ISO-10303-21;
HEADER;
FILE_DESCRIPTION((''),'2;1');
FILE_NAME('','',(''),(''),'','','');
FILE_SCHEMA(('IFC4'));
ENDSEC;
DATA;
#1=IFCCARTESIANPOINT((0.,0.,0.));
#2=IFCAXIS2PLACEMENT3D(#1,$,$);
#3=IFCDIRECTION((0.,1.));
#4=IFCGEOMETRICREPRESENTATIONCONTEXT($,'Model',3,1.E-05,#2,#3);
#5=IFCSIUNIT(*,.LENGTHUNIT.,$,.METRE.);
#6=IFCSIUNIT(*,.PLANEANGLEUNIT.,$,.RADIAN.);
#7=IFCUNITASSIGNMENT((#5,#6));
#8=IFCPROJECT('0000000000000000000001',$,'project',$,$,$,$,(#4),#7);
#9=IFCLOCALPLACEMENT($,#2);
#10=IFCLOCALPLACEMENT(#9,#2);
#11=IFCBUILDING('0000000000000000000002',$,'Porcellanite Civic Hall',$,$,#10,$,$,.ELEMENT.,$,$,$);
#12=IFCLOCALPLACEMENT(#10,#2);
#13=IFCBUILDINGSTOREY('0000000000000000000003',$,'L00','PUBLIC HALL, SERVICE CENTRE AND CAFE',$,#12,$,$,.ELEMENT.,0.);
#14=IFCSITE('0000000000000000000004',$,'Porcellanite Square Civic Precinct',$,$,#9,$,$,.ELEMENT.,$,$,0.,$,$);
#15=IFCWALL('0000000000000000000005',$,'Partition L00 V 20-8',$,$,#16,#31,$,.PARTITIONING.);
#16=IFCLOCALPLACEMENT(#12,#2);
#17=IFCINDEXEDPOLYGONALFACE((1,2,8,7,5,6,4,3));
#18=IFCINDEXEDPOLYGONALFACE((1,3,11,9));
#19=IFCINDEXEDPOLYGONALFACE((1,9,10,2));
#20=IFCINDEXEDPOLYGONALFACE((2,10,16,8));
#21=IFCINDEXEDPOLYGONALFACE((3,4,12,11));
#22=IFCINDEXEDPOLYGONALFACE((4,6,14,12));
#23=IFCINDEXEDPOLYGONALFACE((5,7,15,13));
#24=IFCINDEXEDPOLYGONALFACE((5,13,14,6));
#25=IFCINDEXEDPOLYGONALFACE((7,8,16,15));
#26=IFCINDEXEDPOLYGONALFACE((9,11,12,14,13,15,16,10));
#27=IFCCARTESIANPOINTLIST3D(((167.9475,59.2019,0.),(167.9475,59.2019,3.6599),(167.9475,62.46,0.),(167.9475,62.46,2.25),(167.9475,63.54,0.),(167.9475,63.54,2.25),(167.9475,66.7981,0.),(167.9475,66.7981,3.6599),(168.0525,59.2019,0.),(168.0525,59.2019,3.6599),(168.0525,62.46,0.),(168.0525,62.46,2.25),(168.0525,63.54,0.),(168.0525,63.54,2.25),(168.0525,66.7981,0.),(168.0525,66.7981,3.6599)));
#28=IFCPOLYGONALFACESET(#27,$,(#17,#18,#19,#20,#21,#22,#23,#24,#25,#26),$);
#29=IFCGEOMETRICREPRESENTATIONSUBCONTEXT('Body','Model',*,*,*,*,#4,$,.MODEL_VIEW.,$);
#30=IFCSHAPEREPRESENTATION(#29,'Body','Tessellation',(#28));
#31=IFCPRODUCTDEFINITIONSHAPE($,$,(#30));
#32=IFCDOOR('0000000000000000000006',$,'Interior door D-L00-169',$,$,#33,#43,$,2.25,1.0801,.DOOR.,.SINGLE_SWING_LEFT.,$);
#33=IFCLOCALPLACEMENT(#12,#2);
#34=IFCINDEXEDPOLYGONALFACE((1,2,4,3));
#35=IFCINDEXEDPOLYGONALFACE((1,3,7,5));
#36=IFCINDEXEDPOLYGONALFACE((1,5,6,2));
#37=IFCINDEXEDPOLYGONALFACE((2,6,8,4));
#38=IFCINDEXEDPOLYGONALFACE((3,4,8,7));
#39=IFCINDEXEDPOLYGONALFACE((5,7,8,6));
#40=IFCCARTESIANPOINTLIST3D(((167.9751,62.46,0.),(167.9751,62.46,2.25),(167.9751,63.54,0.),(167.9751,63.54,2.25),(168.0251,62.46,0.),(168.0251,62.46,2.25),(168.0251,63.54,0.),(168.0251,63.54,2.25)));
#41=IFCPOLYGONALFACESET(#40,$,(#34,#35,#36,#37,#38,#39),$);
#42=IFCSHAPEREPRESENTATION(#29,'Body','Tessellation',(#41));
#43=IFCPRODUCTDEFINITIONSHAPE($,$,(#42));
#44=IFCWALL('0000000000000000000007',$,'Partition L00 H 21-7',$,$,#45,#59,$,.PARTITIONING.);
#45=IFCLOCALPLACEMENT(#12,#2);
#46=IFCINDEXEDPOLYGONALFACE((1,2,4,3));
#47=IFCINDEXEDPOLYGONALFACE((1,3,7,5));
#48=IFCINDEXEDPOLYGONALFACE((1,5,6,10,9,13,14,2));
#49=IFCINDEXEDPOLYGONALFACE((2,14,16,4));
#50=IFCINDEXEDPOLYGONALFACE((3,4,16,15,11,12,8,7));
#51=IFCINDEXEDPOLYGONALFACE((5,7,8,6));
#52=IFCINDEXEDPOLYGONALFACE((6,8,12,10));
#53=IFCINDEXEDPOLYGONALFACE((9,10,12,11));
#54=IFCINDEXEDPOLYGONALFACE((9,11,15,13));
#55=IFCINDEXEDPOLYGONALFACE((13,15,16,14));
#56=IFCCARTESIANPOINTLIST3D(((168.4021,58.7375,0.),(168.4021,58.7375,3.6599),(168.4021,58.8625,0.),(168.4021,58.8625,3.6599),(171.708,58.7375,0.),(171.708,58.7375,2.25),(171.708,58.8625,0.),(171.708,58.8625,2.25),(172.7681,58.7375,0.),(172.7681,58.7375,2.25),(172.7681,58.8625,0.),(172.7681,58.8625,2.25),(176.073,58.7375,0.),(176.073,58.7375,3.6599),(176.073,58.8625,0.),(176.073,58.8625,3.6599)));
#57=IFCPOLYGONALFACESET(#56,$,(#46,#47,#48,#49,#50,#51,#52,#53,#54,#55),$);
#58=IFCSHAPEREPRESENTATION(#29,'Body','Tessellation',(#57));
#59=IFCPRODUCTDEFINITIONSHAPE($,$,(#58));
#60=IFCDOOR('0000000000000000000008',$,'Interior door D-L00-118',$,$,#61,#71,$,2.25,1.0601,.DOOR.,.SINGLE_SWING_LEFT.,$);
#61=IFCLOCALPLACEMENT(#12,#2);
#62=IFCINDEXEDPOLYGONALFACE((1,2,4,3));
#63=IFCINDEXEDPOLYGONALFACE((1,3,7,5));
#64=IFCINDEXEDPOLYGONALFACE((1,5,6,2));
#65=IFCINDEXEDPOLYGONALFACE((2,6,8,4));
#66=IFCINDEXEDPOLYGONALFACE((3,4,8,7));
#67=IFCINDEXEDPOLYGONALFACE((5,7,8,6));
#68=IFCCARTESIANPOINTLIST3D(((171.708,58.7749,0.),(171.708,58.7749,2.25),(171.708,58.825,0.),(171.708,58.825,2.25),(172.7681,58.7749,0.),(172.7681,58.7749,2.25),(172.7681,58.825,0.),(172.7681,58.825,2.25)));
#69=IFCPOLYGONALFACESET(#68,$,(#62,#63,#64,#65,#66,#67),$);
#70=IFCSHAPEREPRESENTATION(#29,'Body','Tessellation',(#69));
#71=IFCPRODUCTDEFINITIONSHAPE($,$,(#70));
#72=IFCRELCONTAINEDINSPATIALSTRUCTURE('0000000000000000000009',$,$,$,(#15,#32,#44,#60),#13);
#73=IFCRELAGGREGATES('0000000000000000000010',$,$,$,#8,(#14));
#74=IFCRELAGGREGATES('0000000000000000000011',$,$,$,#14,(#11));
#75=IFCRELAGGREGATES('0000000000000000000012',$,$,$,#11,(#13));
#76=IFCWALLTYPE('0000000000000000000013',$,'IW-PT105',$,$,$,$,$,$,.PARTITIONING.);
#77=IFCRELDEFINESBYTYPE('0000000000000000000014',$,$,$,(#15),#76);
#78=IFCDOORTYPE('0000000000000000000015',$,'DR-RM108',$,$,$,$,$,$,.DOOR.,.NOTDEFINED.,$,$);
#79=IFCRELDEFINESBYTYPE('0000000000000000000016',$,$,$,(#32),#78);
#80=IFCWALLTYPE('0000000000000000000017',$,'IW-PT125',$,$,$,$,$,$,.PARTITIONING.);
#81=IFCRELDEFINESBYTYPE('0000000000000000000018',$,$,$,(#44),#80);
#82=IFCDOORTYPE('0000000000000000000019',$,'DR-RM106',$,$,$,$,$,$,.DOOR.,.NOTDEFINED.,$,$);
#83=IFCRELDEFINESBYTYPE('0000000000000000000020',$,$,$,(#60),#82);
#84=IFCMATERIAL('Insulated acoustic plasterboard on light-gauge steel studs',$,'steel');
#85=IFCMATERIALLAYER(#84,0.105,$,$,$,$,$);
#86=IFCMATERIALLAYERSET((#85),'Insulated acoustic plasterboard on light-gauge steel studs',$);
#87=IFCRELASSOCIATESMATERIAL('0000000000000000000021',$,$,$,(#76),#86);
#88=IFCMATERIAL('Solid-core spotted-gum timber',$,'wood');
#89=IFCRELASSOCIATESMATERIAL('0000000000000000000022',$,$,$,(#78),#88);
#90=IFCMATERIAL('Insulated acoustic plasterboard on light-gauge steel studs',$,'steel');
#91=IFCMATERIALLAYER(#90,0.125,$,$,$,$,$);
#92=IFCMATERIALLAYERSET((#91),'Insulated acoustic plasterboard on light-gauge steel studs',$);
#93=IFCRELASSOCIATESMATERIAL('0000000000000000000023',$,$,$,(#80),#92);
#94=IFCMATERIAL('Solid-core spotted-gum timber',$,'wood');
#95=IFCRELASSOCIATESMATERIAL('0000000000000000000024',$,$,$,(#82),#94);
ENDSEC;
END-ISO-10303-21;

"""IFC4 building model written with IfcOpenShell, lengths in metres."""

from ifc_helpers import new_model, si_unit, direction, frame, frame_2d, origin, place, context, subcontext, project, spatial, rectangle, extrude, material, layer, layer_set, type_object, element, fill, save


model = new_model("IFC4")

# Units and contexts
model_context = context("Model", 3, precision=1e-05, world=origin(), true_north=direction((0.0, 1.0)))
body_context = subcontext(model_context, "Body", "Model", "MODEL_VIEW")
ifc_project = project(units=[si_unit("LENGTHUNIT", "METRE"), si_unit("PLANEANGLEUNIT", "RADIAN")], contexts=[model_context])

# Site, building, storey
site_placement = place(None, origin())
site = spatial("IfcSite", under=ifc_project, at=site_placement, Name="Porcellanite Square Civic Precinct", CompositionType="ELEMENT", RefElevation=0.0)
building_placement = place(site_placement, origin())
building = spatial("IfcBuilding", under=site, at=building_placement, Name="Porcellanite Civic Hall", CompositionType="ELEMENT")
storey_placement = place(building_placement, origin())
storey = spatial("IfcBuildingStorey", under=building, at=storey_placement, Name="L00", Description="PUBLIC HALL, SERVICE CENTRE AND CAFE", CompositionType="ELEMENT", Elevation=0.0)

# Walls, openings, doors
ifc_material_1 = material(Name="Insulated acoustic plasterboard on light-gauge steel studs", Category="steel")
ifc_layer_1 = layer(ifc_material_1, 0.105)
ifc_layer_set_1 = layer_set([ifc_layer_1], Name="Insulated acoustic plasterboard on light-gauge steel studs")
wall_type_1 = type_object("IfcWallType", Name="IW-PT105", PredefinedType="PARTITIONING", material=ifc_layer_set_1)
wall_1_placement = place(storey_placement, frame((168.0, 59.2019, 0.0), z_axis=(0.0, 0.0, 1.0), x_axis=(0.0, 1.0, 0.0)))
wall_1 = element("IfcWall", 1, at=wall_1_placement, inside=storey, type_object=wall_type_1, Name="Partition L00 V 20-8", PredefinedType="PARTITIONING", context=body_context, shape_type="SweptSolid", body=[
    extrude(rectangle(XDim=7.5962, YDim=0.105, at=frame_2d((3.7981, 0.0))), origin(), (0.0, 0.0, 1.0), 3.6599),
])
opening_1_placement = place(wall_1_placement, frame((3.2581, 0.0, 0.0)))
opening_1 = element("IfcOpeningElement", 2, at=opening_1_placement, cuts=wall_1, PredefinedType="OPENING", context=body_context, shape_type="SweptSolid", body=[
    extrude(rectangle(XDim=1.0801, YDim=2.25, at=frame_2d((0.54, 1.125))), frame((0.0, 0.0525, 0.0), z_axis=(0.0, -1.0, 0.0), x_axis=(1.0, 0.0, 0.0)), (0.0, 0.0, 1.0), 0.105),
])
ifc_material_2 = material(Name="Solid-core spotted-gum timber", Category="wood")
door_type_1 = type_object("IfcDoorType", Name="DR-RM108", OperationType="NOTDEFINED", PredefinedType="DOOR", material=ifc_material_2)
door_1_placement = place(opening_1_placement, origin())
door_1 = element("IfcDoor", 3, at=door_1_placement, inside=storey, type_object=door_type_1, Name="Interior door D-L00-169", OperationType="SINGLE_SWING_LEFT", OverallHeight=2.25, OverallWidth=1.0801, PredefinedType="DOOR", context=body_context, shape_type="SweptSolid", body=[
    extrude(rectangle(XDim=1.0801, YDim=2.25, at=frame_2d((0.54, 1.125))), frame((0.0, 0.0249, 0.0), z_axis=(0.0, -1.0, 0.0), x_axis=(1.0, 0.0, 0.0)), (0.0, 0.0, 1.0), 0.05),
])
fill(opening_1, door_1)
ifc_material_3 = material(Name="Insulated acoustic plasterboard on light-gauge steel studs", Category="steel")
ifc_layer_2 = layer(ifc_material_3, 0.125)
ifc_layer_set_2 = layer_set([ifc_layer_2], Name="Insulated acoustic plasterboard on light-gauge steel studs")
wall_type_2 = type_object("IfcWallType", Name="IW-PT125", PredefinedType="PARTITIONING", material=ifc_layer_set_2)
wall_2_placement = place(storey_placement, frame((168.4021, 58.8, 0.0), z_axis=(0.0, 0.0, 1.0), x_axis=(1.0, 0.0, 0.0)))
wall_2 = element("IfcWall", 4, at=wall_2_placement, inside=storey, type_object=wall_type_2, Name="Partition L00 H 21-7", PredefinedType="PARTITIONING", context=body_context, shape_type="SweptSolid", body=[
    extrude(rectangle(XDim=7.6709, YDim=0.125, at=frame_2d((3.8354, 0.0))), origin(), (0.0, 0.0, 1.0), 3.6599),
])
opening_2_placement = place(wall_2_placement, frame((3.3059, 0.0, 0.0)))
opening_2 = element("IfcOpeningElement", 5, at=opening_2_placement, cuts=wall_2, PredefinedType="OPENING", context=body_context, shape_type="SweptSolid", body=[
    extrude(rectangle(XDim=1.0601, YDim=2.25, at=frame_2d((0.53, 1.125))), frame((0.0, 0.0625, 0.0), z_axis=(0.0, -1.0, 0.0), x_axis=(1.0, 0.0, 0.0)), (0.0, 0.0, 1.0), 0.125),
])
ifc_material_4 = material(Name="Solid-core spotted-gum timber", Category="wood")
door_type_2 = type_object("IfcDoorType", Name="DR-RM106", OperationType="NOTDEFINED", PredefinedType="DOOR", material=ifc_material_4)
door_2_placement = place(opening_2_placement, origin())
door_2 = element("IfcDoor", 6, at=door_2_placement, inside=storey, type_object=door_type_2, Name="Interior door D-L00-118", OperationType="SINGLE_SWING_LEFT", OverallHeight=2.25, OverallWidth=1.0601, PredefinedType="DOOR", context=body_context, shape_type="SweptSolid", body=[
    extrude(rectangle(XDim=1.0601, YDim=2.25, at=frame_2d((0.53, 1.125))), frame((0.0, 0.0249, 0.0), z_axis=(0.0, -1.0, 0.0), x_axis=(1.0, 0.0, 0.0)), (0.0, 0.0, 1.0), 0.05),
])
fill(opening_2, door_2)

save(model, "model.ifc")
